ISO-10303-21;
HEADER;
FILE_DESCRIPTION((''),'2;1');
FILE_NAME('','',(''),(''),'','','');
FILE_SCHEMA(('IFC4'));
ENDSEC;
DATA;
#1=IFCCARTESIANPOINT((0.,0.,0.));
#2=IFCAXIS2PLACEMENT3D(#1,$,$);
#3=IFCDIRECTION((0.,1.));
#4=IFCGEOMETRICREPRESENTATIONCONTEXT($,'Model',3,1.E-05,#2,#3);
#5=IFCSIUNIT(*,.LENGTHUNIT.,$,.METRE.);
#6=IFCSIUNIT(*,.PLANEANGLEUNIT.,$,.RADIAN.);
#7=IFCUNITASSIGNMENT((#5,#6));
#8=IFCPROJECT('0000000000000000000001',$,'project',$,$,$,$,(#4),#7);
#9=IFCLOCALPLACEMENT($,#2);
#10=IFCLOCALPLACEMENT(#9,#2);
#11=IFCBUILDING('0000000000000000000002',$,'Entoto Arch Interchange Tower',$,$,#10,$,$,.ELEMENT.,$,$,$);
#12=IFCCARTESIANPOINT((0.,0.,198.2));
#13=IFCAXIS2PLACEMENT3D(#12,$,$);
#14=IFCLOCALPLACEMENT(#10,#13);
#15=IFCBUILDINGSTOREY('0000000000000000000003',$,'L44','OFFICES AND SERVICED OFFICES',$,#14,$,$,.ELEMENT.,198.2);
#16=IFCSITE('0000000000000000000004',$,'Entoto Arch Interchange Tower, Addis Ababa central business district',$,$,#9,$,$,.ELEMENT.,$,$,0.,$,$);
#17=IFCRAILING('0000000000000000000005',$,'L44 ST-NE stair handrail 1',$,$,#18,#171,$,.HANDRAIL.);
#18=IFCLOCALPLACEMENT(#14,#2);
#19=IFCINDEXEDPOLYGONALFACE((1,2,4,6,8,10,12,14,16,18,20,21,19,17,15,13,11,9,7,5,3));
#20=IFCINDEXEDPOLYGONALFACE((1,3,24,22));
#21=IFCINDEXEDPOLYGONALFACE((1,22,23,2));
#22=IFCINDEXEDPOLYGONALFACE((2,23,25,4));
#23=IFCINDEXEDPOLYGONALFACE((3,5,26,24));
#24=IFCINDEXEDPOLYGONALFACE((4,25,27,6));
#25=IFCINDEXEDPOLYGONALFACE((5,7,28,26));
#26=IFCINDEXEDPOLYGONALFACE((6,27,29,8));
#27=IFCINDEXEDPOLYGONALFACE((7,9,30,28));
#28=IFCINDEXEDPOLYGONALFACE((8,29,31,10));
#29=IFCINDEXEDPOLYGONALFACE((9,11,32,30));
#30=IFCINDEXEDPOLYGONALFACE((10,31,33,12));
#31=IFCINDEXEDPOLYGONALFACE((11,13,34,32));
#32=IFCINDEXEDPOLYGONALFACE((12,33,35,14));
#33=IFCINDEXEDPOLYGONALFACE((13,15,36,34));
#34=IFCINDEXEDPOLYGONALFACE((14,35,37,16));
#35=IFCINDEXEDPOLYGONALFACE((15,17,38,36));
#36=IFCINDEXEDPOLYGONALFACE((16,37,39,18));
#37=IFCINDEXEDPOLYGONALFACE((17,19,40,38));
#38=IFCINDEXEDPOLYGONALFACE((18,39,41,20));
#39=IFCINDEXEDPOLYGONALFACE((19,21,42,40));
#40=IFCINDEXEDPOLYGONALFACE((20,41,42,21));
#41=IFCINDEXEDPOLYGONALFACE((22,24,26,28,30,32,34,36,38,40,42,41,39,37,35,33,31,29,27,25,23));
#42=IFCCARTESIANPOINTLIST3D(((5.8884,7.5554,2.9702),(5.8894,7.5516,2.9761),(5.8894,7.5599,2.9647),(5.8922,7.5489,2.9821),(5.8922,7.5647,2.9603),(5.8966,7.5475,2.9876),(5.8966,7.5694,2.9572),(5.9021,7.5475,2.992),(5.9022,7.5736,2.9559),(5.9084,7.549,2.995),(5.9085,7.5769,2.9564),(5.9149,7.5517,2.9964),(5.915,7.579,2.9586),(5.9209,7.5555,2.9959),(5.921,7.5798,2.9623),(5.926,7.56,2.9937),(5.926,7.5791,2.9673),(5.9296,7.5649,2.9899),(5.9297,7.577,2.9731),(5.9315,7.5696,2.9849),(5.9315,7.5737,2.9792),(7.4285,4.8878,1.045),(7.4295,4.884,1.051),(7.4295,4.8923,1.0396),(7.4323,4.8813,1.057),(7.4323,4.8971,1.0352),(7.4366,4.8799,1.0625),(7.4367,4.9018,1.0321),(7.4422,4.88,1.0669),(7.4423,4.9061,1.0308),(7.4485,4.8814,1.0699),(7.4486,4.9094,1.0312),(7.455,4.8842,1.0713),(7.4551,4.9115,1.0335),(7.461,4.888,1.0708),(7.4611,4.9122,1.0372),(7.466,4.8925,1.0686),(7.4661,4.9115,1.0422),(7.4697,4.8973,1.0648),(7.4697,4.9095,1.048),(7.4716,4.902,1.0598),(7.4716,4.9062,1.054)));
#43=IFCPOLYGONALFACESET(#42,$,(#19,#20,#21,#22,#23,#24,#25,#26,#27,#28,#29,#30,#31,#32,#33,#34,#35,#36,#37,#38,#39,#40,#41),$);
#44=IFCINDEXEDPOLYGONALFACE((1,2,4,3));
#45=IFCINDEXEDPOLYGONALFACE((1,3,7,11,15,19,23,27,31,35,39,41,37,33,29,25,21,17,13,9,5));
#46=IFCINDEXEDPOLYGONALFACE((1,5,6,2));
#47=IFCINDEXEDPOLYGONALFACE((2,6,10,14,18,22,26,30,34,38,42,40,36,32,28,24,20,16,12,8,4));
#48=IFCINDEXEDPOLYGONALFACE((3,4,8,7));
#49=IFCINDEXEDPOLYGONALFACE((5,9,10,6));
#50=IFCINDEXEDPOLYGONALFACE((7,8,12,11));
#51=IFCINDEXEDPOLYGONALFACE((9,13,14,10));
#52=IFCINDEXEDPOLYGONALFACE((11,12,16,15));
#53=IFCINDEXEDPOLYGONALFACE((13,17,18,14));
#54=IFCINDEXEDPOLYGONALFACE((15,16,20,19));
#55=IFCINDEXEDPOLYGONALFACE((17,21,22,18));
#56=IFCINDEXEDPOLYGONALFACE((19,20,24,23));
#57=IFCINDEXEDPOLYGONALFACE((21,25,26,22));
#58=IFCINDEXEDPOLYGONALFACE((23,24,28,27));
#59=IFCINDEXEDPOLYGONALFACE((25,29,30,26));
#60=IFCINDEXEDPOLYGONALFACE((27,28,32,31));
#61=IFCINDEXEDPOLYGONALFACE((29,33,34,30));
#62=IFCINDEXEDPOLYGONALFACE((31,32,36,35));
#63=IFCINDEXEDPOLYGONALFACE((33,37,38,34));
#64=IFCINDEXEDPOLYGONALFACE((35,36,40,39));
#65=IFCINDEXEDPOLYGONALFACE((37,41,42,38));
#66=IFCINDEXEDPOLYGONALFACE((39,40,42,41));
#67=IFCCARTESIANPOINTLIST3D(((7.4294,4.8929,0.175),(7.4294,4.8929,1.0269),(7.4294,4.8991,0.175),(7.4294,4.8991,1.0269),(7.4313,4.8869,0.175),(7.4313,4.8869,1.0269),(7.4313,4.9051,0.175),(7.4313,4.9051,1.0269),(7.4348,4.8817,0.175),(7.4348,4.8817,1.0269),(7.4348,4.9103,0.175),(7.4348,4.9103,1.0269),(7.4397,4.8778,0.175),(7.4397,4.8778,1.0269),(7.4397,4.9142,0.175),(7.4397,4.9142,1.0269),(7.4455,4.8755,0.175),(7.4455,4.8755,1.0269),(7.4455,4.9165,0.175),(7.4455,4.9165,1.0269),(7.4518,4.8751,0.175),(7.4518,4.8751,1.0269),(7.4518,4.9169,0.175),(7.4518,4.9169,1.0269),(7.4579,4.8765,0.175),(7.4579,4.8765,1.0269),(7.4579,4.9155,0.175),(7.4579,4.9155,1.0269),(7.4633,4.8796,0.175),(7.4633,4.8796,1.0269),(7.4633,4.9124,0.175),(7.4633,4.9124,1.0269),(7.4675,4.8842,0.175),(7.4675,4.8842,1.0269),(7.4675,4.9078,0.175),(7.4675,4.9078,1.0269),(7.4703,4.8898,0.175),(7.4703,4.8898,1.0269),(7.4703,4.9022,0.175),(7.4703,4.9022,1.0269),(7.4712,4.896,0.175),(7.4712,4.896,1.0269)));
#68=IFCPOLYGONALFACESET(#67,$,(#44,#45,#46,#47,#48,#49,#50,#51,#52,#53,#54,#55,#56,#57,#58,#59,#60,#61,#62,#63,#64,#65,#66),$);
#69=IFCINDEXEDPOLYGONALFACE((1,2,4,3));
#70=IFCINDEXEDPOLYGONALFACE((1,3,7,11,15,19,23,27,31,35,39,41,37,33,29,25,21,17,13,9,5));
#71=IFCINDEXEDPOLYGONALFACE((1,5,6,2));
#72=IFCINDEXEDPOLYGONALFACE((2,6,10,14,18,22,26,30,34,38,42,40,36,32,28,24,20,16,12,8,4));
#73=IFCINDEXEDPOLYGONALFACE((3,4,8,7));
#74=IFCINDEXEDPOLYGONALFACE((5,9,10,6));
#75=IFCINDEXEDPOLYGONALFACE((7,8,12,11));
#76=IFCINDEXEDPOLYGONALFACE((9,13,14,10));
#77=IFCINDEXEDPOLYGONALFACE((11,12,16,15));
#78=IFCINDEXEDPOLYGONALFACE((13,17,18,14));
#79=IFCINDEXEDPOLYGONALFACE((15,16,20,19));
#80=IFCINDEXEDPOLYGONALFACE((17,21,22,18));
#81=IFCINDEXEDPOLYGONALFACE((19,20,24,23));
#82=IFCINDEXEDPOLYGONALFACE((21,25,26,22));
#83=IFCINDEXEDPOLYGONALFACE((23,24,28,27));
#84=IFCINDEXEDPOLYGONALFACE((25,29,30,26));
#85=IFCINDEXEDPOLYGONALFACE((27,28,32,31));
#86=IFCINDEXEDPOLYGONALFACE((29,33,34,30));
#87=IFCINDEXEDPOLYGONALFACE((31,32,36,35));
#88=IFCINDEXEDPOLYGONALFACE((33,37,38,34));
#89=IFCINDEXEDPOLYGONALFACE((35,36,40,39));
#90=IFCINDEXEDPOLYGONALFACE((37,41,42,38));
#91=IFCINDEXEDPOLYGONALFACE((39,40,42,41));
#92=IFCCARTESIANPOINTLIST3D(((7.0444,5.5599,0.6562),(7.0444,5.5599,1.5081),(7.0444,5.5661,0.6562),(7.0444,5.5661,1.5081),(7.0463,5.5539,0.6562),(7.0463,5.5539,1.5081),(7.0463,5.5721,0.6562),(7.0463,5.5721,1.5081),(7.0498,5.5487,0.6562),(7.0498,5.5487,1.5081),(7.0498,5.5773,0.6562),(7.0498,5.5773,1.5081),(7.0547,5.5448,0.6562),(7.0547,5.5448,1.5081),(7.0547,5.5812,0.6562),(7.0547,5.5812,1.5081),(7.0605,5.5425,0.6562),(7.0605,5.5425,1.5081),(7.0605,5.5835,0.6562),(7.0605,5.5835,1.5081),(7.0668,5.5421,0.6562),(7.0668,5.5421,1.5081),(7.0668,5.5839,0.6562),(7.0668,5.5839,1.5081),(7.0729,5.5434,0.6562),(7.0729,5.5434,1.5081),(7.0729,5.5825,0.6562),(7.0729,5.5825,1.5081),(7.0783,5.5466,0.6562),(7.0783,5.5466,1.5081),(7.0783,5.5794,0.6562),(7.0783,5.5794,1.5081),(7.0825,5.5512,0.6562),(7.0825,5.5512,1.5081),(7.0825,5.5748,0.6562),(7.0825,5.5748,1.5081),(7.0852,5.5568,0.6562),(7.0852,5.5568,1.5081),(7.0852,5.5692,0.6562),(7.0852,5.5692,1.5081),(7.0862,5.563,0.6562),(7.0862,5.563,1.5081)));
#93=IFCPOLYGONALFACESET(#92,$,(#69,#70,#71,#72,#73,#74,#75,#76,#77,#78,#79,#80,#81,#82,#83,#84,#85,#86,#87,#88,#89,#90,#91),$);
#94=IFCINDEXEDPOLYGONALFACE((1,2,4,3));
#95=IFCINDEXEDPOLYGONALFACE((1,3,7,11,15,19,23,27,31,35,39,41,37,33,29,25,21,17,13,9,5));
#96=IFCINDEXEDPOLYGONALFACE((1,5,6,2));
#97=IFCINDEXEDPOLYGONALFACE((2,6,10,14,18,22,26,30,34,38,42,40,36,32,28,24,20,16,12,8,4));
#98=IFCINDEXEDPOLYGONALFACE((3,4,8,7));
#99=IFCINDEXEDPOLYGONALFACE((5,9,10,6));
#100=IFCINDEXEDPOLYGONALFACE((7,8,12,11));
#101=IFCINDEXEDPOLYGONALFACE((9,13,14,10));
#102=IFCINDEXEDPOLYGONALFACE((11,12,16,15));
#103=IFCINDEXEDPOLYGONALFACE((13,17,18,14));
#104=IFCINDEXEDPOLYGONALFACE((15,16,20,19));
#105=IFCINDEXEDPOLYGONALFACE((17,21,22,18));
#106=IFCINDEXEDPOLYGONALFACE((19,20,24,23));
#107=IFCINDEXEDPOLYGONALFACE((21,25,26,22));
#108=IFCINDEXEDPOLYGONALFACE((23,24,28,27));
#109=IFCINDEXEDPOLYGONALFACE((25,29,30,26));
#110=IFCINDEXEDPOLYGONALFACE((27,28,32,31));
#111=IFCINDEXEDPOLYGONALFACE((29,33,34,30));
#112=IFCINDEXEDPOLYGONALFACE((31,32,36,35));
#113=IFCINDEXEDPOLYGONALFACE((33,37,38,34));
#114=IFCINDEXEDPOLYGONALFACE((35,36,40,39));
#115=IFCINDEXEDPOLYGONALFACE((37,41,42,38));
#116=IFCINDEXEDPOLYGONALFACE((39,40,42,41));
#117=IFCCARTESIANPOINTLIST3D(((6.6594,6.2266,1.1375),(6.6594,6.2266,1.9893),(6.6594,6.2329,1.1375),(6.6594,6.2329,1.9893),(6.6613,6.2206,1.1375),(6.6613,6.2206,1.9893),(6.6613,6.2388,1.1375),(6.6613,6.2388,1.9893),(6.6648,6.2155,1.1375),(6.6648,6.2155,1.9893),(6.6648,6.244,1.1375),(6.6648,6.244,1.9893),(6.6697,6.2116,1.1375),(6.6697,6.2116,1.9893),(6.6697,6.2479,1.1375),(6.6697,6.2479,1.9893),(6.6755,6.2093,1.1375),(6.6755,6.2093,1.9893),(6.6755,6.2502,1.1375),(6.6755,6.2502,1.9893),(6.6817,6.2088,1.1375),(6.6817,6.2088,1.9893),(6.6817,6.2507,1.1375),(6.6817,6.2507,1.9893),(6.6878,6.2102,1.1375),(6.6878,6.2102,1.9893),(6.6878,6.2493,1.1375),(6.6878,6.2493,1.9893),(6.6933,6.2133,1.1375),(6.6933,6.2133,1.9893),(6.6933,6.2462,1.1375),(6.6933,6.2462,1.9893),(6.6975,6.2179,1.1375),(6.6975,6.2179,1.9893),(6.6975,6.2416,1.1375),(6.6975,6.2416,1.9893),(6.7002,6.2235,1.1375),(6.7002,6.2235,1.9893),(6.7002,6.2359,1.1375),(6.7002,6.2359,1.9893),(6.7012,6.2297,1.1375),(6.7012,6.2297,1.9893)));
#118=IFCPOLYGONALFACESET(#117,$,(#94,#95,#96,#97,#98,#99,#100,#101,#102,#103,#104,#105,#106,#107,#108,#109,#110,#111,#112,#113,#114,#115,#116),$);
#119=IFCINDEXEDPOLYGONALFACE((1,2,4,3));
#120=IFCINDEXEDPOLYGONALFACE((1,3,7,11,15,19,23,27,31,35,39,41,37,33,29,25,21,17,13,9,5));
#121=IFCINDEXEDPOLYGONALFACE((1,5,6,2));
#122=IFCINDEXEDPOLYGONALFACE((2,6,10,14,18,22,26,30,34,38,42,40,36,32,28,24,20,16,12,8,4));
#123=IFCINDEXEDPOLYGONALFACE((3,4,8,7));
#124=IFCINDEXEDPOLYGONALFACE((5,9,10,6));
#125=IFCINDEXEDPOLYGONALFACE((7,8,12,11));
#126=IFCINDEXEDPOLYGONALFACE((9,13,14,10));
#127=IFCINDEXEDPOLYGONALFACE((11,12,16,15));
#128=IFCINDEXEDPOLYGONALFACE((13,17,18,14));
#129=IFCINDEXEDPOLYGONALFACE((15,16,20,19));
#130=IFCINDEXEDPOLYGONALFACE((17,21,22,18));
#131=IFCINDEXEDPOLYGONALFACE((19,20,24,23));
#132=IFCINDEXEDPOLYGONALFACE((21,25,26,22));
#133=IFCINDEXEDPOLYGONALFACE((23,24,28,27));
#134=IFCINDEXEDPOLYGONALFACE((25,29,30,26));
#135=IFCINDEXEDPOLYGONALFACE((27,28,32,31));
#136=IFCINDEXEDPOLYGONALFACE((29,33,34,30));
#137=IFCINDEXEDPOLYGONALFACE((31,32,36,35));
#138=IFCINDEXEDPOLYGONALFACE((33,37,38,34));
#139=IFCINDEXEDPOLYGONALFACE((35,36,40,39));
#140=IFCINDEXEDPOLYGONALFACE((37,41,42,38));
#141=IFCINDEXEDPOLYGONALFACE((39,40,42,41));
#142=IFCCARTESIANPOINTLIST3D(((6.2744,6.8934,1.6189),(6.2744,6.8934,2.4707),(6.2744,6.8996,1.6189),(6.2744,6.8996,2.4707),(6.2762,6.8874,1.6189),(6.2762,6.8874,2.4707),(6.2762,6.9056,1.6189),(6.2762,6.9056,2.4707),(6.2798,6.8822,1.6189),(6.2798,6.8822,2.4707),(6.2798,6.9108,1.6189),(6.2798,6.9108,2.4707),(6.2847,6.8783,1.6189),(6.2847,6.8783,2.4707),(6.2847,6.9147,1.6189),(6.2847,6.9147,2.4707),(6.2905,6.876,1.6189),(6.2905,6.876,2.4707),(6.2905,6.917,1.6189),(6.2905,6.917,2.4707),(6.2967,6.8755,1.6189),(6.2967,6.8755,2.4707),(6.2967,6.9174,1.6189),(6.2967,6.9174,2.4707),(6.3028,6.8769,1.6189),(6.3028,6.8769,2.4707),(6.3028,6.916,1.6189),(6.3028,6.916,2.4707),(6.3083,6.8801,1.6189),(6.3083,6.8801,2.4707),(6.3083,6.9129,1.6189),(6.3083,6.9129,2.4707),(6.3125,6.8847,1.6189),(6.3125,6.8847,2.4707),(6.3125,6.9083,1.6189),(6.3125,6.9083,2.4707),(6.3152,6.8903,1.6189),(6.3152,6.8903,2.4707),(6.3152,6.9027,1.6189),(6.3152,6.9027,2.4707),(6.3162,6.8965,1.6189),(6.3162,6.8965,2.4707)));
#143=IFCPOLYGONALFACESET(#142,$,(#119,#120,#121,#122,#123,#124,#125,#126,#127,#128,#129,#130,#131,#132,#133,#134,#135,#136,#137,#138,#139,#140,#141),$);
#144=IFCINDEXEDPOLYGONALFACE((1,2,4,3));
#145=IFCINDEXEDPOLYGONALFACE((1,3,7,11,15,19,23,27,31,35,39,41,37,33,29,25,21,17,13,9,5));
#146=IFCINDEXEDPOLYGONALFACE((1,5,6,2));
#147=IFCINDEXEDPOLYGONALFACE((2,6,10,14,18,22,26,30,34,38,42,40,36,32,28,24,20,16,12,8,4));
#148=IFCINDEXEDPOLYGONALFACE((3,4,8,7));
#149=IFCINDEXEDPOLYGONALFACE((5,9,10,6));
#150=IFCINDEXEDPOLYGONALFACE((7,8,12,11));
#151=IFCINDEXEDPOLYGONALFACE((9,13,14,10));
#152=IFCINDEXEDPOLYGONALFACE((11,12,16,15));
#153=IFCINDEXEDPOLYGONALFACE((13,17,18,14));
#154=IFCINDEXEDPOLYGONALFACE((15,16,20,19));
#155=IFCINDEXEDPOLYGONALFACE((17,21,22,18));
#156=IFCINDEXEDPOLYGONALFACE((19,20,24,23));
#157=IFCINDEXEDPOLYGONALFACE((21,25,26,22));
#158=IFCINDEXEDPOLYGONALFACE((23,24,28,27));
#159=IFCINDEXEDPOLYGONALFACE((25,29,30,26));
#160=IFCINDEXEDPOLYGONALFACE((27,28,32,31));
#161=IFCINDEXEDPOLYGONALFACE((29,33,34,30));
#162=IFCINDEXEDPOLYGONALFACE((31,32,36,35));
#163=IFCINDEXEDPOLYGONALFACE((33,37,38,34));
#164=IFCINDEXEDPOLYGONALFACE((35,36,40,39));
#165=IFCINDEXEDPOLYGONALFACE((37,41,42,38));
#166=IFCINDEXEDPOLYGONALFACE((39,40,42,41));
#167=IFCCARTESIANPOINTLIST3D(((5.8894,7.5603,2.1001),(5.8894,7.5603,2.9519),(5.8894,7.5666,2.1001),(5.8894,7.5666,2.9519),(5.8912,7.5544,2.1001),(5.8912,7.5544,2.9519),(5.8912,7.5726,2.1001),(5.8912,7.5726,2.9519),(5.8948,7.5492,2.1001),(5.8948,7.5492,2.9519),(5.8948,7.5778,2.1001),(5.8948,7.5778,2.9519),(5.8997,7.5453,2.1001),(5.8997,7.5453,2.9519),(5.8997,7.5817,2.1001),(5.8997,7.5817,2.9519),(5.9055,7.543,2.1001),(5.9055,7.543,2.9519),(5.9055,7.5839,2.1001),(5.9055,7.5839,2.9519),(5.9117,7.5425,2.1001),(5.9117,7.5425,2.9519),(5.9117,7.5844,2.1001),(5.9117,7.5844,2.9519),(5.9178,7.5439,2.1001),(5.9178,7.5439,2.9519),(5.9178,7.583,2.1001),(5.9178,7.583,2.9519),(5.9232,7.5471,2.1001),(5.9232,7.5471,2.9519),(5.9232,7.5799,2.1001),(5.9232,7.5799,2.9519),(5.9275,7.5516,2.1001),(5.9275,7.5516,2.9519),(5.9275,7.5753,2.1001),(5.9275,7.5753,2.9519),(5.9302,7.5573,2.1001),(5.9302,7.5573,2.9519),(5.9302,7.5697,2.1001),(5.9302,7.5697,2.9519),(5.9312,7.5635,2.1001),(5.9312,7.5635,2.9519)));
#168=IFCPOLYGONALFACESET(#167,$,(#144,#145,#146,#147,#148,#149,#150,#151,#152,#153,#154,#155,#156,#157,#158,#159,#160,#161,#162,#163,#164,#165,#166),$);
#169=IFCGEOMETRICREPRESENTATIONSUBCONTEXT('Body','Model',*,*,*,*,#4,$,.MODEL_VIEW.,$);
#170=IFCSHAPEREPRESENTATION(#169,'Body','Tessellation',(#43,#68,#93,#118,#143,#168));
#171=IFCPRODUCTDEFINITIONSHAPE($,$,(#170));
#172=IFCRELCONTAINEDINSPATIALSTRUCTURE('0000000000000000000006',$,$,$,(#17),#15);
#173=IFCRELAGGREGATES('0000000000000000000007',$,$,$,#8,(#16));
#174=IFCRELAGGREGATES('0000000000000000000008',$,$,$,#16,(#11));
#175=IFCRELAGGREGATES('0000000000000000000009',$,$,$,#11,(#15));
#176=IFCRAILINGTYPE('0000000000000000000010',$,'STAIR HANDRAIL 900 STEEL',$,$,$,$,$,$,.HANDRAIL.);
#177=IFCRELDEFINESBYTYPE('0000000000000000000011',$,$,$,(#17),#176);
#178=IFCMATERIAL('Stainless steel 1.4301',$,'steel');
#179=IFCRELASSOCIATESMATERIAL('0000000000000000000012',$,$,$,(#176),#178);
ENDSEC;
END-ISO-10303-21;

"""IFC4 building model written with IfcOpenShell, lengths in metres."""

from ifc_helpers import new_model, si_unit, direction, frame, origin, origin_2d, place, context, subcontext, project, spatial, circle, extrude, material, type_object, element, save


model = new_model("IFC4")

# Units and contexts
model_context = context("Model", 3, precision=1e-05, world=origin(), true_north=direction((0.0, 1.0)))
body_context = subcontext(model_context, "Body", "Model", "MODEL_VIEW")
ifc_project = project(units=[si_unit("LENGTHUNIT", "METRE"), si_unit("PLANEANGLEUNIT", "RADIAN")], contexts=[model_context])

# Site, building, storey
site_placement = place(None, origin())
site = spatial("IfcSite", under=ifc_project, at=site_placement, Name="Entoto Arch Interchange Tower, Addis Ababa central business district", CompositionType="ELEMENT", RefElevation=0.0)
building_placement = place(site_placement, origin())
building = spatial("IfcBuilding", under=site, at=building_placement, Name="Entoto Arch Interchange Tower", CompositionType="ELEMENT")
storey_placement = place(building_placement, frame((0.0, 0.0, 198.2)))
storey = spatial("IfcBuildingStorey", under=building, at=storey_placement, Name="L44", Description="OFFICES AND SERVICED OFFICES", CompositionType="ELEMENT", Elevation=198.2)

# Railing
ifc_material_1 = material(Name="Stainless steel 1.4301", Category="steel")
railing_type_1 = type_object("IfcRailingType", Name="STAIR HANDRAIL 900 STEEL", PredefinedType="HANDRAIL", material=ifc_material_1)
railing_1_placement = place(storey_placement, frame((7.4502, 4.896, 0.175)))
element("IfcRailing", 1, at=railing_1_placement, inside=storey, type_object=railing_type_1, Name="L44 ST-NE stair handrail 1", PredefinedType="HANDRAIL", context=body_context, shape_type="SweptSolid", body=[
    extrude(circle(Radius=0.0239, at=origin_2d()), frame((0.0, 0.0, 0.876), z_axis=(-0.423994, 0.734395, 0.529993), x_axis=(-0.86603, -0.499992, 0.0)), (0.0, 0.0, 1.0), 3.6323),
    extrude(circle(Radius=0.021, at=origin_2d()), origin(), (0.0, 0.0, 1.0), 0.8518),
    extrude(circle(Radius=0.021, at=origin_2d()), frame((-0.385, 0.667, 0.4812)), (0.0, 0.0, 1.0), 0.8518),
    extrude(circle(Radius=0.021, at=origin_2d()), frame((-0.77, 1.3337, 0.9624)), (0.0, 0.0, 1.0), 0.8518),
    extrude(circle(Radius=0.021, at=origin_2d()), frame((-1.155, 2.0005, 1.4438)), (0.0, 0.0, 1.0), 0.8518),
    extrude(circle(Radius=0.021, at=origin_2d()), frame((-1.54, 2.6675, 1.925)), (0.0, 0.0, 1.0), 0.8518),
])

save(model, "model.ifc")
